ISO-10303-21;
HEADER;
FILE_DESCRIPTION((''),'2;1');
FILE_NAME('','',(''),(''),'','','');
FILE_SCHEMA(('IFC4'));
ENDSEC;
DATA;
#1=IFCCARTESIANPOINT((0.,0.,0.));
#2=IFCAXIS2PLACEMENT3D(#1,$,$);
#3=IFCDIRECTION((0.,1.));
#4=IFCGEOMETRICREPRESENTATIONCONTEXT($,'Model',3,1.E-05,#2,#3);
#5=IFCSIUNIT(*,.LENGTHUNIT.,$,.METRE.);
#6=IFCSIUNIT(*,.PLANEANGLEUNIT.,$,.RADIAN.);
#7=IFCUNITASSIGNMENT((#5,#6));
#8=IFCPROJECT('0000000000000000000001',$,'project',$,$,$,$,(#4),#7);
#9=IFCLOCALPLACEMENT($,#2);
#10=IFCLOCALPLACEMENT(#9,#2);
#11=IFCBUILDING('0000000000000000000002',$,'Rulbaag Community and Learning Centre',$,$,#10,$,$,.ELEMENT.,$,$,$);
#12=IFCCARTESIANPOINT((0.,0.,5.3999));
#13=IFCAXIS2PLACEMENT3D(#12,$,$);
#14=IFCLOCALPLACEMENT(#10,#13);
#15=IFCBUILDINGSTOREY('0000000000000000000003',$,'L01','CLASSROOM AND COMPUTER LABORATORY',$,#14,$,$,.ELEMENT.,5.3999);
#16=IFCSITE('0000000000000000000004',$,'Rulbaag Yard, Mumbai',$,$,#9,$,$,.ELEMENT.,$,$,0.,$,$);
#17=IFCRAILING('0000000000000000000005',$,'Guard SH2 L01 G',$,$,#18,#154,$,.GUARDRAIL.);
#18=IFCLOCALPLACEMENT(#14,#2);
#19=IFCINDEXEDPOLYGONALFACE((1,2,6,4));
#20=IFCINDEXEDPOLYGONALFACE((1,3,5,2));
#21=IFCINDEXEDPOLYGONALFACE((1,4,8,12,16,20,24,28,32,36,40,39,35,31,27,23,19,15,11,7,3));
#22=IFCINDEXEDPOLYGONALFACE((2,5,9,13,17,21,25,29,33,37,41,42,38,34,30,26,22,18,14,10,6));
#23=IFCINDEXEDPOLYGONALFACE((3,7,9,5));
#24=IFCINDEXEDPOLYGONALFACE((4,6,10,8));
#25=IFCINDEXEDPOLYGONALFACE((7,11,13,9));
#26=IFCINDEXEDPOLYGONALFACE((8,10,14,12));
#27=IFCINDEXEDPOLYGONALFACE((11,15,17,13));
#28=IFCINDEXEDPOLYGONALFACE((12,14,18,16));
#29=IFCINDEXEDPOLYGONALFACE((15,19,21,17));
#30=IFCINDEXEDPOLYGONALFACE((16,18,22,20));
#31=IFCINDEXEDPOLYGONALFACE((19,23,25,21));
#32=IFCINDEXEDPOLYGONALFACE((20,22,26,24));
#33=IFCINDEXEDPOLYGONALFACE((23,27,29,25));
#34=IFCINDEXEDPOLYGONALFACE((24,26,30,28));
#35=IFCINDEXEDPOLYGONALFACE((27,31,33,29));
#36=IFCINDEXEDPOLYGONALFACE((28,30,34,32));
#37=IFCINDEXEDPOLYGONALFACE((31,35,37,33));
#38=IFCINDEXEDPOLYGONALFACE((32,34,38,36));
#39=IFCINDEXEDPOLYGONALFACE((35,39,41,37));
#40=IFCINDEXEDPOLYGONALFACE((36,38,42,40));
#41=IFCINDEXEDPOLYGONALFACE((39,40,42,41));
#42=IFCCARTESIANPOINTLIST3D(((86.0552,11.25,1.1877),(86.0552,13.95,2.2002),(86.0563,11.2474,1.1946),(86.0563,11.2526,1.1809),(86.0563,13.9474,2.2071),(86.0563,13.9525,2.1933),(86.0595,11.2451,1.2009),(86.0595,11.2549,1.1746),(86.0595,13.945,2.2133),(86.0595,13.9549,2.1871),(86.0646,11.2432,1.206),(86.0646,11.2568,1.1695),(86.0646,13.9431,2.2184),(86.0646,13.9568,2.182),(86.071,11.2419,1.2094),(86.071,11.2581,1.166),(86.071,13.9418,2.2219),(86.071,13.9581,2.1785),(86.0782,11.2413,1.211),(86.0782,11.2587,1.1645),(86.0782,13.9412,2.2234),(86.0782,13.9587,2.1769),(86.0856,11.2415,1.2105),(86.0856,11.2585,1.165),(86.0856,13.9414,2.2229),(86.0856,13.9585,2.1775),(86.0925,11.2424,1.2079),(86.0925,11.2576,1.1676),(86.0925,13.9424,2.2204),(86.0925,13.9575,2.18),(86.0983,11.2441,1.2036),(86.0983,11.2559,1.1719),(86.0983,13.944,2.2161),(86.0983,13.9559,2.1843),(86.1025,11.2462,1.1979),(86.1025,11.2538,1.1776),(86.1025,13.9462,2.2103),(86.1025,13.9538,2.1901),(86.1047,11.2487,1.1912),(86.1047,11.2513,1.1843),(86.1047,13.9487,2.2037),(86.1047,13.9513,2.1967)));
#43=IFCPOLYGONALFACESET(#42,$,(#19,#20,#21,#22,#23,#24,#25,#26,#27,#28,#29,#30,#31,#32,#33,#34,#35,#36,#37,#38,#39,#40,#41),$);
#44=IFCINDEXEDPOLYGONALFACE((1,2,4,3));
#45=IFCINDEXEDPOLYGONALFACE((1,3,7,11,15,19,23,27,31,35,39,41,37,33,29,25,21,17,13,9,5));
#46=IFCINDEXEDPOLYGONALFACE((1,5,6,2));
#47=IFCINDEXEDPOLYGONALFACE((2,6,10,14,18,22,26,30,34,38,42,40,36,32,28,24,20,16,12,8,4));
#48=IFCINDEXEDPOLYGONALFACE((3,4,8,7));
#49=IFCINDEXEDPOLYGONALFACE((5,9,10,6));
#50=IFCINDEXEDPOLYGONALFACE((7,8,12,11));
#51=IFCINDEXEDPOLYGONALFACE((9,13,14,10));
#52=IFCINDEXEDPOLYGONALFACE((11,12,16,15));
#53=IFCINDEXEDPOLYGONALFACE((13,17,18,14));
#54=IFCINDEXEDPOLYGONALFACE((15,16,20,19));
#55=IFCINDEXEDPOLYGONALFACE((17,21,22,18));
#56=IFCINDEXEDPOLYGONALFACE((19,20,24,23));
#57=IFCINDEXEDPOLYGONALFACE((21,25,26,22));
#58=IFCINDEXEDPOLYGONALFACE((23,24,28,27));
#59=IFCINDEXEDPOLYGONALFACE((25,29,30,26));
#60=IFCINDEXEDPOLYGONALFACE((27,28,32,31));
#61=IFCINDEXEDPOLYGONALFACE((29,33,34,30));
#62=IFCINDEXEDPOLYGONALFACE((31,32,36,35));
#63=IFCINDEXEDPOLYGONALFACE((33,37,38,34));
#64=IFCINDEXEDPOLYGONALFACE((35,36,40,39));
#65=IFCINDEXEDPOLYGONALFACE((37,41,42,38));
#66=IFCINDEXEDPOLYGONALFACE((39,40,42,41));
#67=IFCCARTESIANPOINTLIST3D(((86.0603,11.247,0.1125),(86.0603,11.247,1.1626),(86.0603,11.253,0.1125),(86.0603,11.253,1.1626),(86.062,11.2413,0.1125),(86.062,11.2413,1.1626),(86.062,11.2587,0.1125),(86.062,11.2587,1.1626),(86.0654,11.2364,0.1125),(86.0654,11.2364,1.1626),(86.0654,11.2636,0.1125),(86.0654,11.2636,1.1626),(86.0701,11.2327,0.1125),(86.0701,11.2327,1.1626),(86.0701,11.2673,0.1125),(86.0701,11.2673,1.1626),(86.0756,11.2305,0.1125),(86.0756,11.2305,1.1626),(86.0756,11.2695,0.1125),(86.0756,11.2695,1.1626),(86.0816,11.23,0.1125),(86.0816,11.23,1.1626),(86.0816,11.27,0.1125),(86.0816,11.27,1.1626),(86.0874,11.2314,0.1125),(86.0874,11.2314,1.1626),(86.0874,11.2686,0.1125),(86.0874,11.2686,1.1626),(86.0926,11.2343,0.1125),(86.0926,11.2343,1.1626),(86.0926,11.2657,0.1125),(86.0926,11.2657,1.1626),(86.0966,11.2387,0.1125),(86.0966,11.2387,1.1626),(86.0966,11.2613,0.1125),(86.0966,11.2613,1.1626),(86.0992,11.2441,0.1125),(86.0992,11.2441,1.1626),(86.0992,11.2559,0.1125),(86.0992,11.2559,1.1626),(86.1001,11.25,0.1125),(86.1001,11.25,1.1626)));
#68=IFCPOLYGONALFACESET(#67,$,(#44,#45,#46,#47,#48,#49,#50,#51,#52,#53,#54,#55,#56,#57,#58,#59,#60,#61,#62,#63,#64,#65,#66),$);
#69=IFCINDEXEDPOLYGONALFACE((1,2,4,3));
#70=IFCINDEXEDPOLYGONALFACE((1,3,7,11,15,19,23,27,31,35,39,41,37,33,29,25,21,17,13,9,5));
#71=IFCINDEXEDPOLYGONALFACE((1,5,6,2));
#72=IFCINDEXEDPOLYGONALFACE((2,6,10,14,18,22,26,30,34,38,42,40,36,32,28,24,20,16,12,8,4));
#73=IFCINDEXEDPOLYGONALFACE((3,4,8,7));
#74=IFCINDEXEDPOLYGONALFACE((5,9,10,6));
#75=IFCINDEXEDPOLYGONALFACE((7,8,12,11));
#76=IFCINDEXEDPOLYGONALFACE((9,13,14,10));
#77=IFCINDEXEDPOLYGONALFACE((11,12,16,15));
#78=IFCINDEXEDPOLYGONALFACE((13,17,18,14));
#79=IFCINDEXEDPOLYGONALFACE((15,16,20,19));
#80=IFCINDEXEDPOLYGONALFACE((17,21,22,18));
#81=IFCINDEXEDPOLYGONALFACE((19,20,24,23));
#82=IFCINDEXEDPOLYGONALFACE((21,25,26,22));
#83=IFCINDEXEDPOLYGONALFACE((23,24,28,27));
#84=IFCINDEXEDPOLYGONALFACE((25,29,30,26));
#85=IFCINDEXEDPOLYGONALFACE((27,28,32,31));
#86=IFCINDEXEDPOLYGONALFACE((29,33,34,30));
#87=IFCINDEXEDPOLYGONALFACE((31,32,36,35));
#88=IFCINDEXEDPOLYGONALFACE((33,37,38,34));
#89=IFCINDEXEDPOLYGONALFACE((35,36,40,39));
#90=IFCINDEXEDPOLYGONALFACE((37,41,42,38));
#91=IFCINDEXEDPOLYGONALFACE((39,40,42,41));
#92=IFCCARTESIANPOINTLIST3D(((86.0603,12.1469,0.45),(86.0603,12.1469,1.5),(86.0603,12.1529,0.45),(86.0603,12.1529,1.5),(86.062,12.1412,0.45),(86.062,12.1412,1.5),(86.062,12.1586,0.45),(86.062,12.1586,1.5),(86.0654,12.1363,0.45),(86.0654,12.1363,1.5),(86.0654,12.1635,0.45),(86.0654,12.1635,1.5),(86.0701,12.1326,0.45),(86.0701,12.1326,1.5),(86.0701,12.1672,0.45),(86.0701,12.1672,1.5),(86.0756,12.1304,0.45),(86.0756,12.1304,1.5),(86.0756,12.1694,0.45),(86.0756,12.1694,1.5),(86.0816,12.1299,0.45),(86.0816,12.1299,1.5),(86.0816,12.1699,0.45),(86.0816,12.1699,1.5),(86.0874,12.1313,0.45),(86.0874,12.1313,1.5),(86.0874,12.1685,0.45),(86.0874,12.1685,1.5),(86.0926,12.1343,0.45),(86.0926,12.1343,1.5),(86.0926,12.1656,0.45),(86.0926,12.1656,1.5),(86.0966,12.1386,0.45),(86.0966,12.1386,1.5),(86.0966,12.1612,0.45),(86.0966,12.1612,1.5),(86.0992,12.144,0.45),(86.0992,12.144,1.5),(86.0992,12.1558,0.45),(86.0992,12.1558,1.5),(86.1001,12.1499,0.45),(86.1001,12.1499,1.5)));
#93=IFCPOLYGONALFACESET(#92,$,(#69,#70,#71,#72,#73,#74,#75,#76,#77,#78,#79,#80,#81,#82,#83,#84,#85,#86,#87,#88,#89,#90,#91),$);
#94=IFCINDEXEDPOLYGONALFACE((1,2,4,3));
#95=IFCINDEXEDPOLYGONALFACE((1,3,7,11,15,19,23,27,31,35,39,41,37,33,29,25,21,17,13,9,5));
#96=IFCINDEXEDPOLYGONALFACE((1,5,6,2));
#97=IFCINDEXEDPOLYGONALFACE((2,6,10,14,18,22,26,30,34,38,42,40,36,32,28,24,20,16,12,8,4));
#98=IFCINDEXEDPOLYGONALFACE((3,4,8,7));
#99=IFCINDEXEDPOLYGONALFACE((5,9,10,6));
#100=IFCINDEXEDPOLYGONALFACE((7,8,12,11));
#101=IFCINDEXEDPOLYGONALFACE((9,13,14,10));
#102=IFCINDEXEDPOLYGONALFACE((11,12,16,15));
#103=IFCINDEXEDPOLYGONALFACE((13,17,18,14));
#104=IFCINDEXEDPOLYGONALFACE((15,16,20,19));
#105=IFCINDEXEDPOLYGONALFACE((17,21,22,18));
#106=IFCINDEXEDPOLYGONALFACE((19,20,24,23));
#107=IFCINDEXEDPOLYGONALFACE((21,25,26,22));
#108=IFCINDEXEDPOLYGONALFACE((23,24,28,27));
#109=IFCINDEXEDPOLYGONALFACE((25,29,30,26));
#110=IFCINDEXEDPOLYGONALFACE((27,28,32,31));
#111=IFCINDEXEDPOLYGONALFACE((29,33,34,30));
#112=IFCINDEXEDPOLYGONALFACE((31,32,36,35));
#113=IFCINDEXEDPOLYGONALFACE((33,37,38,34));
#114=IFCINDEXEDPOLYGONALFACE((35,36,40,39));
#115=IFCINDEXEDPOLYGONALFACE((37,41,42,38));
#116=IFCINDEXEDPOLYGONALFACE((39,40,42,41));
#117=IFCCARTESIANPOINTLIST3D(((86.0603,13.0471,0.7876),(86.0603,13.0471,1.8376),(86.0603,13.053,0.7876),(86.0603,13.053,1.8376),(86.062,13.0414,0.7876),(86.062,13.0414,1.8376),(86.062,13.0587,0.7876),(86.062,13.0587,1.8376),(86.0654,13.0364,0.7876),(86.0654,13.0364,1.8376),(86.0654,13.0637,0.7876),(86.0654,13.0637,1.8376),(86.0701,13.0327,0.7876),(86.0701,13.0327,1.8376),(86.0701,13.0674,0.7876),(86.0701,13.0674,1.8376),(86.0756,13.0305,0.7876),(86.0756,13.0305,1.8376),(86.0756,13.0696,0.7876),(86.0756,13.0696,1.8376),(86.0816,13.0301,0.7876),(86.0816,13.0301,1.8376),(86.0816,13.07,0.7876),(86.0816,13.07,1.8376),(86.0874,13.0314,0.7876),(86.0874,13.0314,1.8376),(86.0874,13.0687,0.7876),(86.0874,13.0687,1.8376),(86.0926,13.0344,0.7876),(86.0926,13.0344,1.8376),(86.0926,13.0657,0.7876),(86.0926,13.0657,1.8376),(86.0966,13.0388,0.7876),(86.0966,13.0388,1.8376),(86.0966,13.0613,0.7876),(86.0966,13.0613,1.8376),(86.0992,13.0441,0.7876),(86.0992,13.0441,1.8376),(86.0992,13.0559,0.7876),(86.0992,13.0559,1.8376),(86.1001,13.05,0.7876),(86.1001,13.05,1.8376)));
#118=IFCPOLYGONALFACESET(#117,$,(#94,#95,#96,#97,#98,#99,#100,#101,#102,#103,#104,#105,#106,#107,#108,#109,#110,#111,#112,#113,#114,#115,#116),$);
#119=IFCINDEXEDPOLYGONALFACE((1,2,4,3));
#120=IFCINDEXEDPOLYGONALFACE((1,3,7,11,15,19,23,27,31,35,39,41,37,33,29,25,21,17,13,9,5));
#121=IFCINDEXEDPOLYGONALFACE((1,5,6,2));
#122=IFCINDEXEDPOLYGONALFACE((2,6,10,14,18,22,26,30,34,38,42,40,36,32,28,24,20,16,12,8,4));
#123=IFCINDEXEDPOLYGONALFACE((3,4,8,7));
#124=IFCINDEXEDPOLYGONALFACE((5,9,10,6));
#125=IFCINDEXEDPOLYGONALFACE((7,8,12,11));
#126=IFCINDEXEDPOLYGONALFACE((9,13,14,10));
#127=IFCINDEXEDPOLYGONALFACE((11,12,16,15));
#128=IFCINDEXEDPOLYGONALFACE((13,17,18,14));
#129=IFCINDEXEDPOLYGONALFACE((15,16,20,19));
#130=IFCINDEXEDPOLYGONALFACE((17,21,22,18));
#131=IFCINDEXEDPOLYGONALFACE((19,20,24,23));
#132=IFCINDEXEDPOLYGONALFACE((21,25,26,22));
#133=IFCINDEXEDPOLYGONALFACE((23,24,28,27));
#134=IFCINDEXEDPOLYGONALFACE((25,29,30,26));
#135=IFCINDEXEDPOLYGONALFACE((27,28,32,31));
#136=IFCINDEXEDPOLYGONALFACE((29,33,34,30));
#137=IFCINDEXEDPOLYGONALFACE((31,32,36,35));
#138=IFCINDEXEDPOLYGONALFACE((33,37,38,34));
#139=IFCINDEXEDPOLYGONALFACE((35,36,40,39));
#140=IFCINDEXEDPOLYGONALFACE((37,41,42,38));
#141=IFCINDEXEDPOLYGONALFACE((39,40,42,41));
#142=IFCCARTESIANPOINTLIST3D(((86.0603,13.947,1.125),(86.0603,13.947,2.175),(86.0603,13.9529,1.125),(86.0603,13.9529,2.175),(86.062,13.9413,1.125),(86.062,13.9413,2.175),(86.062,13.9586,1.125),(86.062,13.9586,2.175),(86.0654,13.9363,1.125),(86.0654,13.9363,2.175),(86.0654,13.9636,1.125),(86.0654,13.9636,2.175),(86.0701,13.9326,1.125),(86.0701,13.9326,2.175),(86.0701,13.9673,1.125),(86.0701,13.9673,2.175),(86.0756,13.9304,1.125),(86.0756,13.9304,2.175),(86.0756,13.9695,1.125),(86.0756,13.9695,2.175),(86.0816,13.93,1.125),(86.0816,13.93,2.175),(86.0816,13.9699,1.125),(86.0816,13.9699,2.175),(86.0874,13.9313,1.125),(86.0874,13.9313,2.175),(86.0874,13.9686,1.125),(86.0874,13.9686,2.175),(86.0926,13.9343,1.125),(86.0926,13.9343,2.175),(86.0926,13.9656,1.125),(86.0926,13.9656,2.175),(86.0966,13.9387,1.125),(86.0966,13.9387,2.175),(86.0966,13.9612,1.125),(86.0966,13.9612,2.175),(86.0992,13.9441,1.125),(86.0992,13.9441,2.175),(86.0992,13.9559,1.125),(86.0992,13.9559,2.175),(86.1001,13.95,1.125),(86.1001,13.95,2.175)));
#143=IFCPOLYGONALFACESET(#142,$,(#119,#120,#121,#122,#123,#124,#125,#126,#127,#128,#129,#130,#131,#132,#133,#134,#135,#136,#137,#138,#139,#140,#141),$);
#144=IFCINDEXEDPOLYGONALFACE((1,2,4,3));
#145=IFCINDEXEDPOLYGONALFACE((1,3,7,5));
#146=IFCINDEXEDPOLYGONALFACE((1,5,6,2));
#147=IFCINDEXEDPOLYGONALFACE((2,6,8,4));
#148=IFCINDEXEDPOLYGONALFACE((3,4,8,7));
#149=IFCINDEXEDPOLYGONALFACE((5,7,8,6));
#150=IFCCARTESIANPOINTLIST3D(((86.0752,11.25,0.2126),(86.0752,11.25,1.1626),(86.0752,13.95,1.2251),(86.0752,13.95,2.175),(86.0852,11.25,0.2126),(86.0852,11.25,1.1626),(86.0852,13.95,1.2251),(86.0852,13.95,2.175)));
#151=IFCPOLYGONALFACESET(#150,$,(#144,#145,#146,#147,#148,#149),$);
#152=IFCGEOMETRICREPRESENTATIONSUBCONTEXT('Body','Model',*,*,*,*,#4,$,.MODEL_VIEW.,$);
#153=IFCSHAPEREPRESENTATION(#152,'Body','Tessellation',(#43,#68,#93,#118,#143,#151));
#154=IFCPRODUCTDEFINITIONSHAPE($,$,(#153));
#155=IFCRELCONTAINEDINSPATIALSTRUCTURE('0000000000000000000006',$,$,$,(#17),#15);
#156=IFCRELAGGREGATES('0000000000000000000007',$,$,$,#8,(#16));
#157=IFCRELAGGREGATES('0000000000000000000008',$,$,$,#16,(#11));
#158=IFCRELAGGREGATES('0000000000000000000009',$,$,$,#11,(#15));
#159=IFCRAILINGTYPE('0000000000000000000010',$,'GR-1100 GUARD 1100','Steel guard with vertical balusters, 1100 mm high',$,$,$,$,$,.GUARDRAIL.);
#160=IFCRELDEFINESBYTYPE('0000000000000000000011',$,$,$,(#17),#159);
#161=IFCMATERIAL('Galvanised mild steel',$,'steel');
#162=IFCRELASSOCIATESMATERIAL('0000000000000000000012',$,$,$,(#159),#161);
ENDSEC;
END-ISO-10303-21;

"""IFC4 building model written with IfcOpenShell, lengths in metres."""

from ifc_helpers import new_model, si_unit, direction, frame, origin, origin_2d, place, context, subcontext, project, spatial, polyline, circle, outline, extrude, material, type_object, element, save


model = new_model("IFC4")

# Units and contexts
model_context = context("Model", 3, precision=1e-05, world=origin(), true_north=direction((0.0, 1.0)))
body_context = subcontext(model_context, "Body", "Model", "MODEL_VIEW")
ifc_project = project(units=[si_unit("LENGTHUNIT", "METRE"), si_unit("PLANEANGLEUNIT", "RADIAN")], contexts=[model_context])

# Site, building, storey
site_placement = place(None, origin())
site = spatial("IfcSite", under=ifc_project, at=site_placement, Name="Rulbaag Yard, Mumbai", CompositionType="ELEMENT", RefElevation=0.0)
building_placement = place(site_placement, origin())
building = spatial("IfcBuilding", under=site, at=building_placement, Name="Rulbaag Community and Learning Centre", CompositionType="ELEMENT")
storey_placement = place(building_placement, frame((0.0, 0.0, 5.3999)))
storey = spatial("IfcBuildingStorey", under=building, at=storey_placement, Name="L01", Description="CLASSROOM AND COMPUTER LABORATORY", CompositionType="ELEMENT", Elevation=5.3999)

# Railing
ifc_material_1 = material(Name="Galvanised mild steel", Category="steel")
railing_type_1 = type_object("IfcRailingType", Name="GR-1100 GUARD 1100", Description="Steel guard with vertical balusters, 1100 mm high", PredefinedType="GUARDRAIL", material=ifc_material_1)
railing_1_placement = place(storey_placement, frame((86.0801, 11.25, 0.1125)))
element("IfcRailing", 1, at=railing_1_placement, inside=storey, type_object=railing_type_1, Name="Guard SH2 L01 G", PredefinedType="GUARDRAIL", context=body_context, shape_type="SweptSolid", body=[
    extrude(circle(Radius=0.0249, at=origin_2d()), frame((0.0, 0.0, 1.0752), z_axis=(0.0, 0.936333, 0.351114), x_axis=(-1.0, 0.0, 0.0)), (0.0, 0.0, 1.0), 2.8835),
    extrude(circle(Radius=0.02, at=origin_2d()), origin(), (0.0, 0.0, 1.0), 1.05),
    extrude(circle(Radius=0.02, at=origin_2d()), frame((0.0, 0.8999, 0.3374)), (0.0, 0.0, 1.0), 1.05),
    extrude(circle(Radius=0.02, at=origin_2d()), frame((0.0, 1.8, 0.675)), (0.0, 0.0, 1.0), 1.05),
    extrude(circle(Radius=0.02, at=origin_2d()), frame((0.0, 2.7, 1.0125)), (0.0, 0.0, 1.0), 1.05),
    extrude(outline(polyline([(0.0, 0.0), (2.7, 1.0125), (2.7, 1.9624), (0.0, 0.95), (0.0, 0.0)])), frame((-0.0049, 0.0, 0.1001), z_axis=(1.0, 0.0, 0.0), x_axis=(0.0, 1.0, 0.0)), (0.0, 0.0, 1.0), 0.01),
])

save(model, "model.ifc")
